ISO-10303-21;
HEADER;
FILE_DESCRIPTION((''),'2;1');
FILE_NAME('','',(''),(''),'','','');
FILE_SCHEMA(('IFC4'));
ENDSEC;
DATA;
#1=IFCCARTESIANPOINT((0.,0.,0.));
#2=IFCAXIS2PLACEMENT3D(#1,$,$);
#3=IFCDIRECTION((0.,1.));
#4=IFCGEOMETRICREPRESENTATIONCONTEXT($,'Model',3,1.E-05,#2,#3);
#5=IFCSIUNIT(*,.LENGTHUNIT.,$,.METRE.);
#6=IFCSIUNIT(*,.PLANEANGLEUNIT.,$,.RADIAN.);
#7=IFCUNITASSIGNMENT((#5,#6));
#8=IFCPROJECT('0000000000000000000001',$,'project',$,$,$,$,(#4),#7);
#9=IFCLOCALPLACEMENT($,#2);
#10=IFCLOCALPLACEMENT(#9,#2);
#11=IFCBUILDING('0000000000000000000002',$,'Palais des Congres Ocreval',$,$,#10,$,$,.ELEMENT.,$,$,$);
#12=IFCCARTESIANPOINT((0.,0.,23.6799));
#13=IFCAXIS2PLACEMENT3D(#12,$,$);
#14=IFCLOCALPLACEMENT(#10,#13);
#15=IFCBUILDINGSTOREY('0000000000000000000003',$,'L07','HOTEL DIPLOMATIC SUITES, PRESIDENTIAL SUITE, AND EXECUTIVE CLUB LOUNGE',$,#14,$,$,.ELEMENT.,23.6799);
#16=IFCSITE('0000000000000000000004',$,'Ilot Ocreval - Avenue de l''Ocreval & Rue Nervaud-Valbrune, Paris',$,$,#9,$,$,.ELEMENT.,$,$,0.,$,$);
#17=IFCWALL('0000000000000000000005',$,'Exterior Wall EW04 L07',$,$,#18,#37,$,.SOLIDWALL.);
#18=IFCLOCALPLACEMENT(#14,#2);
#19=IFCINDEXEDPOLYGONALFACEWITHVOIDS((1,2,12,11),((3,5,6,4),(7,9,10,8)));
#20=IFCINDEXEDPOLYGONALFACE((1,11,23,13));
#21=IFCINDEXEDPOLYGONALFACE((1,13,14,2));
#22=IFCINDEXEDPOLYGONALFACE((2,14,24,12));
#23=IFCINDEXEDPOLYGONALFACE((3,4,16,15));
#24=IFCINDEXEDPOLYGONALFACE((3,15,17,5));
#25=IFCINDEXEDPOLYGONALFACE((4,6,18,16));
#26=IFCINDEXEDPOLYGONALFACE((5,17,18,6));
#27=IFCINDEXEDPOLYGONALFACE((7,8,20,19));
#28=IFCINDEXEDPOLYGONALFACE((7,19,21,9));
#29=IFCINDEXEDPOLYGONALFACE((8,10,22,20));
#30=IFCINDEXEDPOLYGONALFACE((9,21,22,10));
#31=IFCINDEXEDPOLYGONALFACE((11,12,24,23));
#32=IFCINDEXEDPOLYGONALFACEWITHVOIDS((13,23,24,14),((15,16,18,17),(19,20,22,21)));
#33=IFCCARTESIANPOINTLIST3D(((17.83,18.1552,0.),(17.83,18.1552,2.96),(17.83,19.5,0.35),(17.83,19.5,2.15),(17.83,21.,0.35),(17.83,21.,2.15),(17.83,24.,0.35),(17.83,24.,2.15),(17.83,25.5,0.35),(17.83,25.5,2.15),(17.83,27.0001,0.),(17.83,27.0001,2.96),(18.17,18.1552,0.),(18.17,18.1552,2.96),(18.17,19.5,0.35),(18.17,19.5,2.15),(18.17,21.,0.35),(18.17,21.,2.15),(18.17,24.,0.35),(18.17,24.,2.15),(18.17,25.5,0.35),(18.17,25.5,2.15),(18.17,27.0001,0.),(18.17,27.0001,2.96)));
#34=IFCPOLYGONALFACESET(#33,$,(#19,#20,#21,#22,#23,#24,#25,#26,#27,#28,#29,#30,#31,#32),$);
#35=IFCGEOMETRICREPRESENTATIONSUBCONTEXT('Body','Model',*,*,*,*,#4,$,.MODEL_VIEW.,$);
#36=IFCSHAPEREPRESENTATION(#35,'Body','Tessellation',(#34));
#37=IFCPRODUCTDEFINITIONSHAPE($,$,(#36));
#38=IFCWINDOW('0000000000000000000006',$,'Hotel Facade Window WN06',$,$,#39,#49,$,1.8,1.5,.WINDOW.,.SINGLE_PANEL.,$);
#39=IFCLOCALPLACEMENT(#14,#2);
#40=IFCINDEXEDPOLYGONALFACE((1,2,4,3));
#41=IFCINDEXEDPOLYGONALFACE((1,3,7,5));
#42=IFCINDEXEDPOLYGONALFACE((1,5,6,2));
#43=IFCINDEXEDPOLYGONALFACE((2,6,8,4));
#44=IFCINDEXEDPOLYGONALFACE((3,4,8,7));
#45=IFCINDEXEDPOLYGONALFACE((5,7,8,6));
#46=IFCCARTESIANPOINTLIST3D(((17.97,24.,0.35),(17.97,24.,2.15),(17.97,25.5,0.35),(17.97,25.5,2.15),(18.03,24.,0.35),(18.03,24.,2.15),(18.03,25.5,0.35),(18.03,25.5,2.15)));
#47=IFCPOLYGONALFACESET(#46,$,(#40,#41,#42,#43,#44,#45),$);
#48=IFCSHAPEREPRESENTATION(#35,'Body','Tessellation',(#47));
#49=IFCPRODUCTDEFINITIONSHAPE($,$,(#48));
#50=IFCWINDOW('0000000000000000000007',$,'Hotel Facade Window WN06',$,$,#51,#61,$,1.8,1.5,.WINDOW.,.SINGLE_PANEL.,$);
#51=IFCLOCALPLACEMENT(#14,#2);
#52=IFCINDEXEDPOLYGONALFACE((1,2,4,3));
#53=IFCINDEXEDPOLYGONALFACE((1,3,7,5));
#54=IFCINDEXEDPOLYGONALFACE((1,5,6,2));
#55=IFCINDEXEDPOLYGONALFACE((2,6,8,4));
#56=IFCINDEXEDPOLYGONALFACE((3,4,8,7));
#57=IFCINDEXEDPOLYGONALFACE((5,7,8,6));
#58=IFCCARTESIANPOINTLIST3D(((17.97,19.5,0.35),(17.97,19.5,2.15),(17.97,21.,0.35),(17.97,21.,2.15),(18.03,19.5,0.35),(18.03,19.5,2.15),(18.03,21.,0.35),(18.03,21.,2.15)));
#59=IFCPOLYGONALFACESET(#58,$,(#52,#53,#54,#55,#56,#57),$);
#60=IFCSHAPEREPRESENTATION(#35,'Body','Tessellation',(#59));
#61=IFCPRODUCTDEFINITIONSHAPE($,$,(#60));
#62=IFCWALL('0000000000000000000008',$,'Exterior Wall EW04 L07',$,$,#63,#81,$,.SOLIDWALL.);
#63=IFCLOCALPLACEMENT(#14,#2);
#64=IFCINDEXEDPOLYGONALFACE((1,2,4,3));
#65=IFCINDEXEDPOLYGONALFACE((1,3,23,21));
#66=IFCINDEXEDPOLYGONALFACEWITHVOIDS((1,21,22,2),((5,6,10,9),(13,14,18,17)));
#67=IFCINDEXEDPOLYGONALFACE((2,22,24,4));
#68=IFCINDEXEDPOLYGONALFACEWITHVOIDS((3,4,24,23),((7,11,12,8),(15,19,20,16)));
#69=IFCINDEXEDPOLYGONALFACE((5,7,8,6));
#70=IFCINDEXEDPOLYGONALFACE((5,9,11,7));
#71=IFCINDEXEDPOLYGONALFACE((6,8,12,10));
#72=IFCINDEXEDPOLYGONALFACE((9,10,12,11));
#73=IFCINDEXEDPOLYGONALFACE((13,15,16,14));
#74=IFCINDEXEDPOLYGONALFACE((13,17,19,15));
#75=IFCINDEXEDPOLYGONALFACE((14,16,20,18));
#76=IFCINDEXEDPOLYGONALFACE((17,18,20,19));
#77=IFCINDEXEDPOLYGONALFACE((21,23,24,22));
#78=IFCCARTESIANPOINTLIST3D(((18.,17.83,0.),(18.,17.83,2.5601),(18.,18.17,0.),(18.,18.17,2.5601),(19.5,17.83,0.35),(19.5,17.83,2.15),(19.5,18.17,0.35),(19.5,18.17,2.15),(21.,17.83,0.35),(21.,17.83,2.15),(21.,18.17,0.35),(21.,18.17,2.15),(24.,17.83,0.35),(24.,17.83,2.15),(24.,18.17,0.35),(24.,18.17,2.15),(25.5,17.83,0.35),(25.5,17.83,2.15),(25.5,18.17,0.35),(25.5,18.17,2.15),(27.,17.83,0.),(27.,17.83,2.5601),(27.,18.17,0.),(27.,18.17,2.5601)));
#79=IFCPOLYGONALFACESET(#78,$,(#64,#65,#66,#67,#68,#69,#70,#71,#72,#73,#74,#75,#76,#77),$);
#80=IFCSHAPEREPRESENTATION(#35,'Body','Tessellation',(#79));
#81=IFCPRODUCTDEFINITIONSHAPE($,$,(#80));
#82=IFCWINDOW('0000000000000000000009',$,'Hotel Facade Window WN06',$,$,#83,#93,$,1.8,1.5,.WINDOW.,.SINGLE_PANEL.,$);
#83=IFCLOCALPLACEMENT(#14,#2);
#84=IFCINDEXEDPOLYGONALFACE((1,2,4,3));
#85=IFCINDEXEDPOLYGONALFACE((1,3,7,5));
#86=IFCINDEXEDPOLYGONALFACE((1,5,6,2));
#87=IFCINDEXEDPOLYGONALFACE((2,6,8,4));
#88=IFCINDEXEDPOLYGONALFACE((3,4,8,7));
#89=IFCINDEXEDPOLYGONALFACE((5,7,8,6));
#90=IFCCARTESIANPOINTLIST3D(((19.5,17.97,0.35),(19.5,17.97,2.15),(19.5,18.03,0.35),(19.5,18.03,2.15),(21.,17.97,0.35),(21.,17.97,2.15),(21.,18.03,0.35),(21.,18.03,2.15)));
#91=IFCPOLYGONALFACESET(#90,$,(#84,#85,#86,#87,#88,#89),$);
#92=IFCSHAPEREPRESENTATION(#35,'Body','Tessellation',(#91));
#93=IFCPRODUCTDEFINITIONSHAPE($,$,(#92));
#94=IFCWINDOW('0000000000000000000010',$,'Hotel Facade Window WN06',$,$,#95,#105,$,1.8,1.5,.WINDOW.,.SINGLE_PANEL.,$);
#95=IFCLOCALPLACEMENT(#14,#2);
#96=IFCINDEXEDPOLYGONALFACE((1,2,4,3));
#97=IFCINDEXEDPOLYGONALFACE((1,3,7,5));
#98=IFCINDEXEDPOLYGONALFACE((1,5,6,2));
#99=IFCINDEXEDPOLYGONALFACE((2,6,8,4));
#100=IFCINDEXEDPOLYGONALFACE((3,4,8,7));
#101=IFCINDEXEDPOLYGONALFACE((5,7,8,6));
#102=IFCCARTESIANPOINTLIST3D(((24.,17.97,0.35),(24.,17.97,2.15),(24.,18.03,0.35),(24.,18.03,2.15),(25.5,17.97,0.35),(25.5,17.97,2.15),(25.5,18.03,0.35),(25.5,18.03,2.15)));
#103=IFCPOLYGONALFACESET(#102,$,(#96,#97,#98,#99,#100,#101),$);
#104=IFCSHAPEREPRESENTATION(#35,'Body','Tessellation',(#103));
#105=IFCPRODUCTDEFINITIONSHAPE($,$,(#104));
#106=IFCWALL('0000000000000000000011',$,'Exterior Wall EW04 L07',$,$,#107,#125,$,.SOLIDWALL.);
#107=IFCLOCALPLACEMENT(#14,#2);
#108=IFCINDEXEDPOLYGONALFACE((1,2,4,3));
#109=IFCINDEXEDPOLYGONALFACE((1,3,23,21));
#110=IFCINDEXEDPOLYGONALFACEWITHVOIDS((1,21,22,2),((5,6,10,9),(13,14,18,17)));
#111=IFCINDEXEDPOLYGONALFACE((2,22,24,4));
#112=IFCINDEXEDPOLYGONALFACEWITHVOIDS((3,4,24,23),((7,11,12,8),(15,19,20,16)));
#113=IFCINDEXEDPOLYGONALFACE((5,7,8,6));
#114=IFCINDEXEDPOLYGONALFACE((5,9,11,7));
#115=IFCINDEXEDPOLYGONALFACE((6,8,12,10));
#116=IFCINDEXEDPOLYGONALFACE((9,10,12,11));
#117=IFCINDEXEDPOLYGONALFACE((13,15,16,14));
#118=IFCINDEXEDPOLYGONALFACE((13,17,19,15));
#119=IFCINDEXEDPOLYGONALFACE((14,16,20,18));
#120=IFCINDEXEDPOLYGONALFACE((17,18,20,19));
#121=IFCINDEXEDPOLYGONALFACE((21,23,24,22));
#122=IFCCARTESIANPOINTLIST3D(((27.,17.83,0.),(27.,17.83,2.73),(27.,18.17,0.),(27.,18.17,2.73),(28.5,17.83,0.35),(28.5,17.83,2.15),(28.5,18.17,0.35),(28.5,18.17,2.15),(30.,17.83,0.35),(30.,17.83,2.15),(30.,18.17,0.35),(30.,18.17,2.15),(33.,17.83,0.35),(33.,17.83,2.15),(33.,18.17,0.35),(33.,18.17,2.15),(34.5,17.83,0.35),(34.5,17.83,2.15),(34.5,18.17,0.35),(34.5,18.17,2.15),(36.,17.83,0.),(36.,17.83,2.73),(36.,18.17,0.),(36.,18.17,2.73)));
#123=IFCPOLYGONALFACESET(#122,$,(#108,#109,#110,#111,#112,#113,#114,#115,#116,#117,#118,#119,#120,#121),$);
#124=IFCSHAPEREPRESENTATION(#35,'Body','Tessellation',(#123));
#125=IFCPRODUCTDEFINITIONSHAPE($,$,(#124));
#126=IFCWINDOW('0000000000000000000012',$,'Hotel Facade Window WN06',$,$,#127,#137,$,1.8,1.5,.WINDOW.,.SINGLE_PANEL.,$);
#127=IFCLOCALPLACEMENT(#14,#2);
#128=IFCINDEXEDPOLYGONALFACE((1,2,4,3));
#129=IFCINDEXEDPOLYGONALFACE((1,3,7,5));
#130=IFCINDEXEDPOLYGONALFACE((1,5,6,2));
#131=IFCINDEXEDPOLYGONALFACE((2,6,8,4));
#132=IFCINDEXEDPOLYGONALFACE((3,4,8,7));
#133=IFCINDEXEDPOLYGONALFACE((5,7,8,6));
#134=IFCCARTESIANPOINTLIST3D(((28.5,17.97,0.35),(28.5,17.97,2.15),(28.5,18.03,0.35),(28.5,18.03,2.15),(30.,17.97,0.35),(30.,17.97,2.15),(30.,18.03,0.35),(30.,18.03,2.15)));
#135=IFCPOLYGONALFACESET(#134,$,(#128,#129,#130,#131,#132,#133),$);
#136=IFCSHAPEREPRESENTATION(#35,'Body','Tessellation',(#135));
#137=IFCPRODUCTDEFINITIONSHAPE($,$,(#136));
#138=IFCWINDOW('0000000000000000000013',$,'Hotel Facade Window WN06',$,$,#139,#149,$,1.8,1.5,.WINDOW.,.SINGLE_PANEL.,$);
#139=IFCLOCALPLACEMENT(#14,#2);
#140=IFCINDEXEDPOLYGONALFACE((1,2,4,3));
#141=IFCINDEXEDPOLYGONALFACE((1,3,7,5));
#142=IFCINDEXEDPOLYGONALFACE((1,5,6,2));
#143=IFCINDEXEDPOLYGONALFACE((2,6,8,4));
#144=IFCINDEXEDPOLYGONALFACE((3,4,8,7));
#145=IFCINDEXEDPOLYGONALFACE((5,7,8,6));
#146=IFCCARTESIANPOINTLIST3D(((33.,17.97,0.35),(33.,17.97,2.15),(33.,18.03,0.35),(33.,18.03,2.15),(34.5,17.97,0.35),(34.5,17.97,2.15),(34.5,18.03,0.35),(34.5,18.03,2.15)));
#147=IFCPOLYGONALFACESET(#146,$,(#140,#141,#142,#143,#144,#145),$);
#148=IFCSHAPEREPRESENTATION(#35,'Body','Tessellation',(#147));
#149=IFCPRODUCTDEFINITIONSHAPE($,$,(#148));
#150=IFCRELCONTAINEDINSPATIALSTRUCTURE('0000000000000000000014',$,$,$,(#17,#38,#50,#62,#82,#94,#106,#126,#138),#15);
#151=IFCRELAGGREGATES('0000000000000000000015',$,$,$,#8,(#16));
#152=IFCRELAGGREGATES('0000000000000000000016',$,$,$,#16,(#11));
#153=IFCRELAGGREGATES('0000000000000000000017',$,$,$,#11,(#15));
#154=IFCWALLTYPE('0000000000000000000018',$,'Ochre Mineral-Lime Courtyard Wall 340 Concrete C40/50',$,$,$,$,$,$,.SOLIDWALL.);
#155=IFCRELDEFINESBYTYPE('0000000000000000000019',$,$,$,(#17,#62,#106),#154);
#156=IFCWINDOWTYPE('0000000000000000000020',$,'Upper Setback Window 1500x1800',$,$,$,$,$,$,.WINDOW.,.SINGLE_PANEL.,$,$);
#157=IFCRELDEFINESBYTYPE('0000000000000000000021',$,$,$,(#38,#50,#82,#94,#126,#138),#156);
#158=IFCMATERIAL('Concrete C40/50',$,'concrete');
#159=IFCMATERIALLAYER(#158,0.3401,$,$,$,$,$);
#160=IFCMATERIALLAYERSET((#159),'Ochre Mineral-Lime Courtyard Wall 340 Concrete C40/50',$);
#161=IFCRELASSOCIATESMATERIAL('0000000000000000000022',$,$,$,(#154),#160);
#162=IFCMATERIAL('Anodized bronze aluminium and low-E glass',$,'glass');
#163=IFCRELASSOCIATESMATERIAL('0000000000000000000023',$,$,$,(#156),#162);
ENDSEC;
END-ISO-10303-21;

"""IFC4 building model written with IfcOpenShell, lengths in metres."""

from ifc_helpers import new_model, si_unit, direction, frame, frame_2d, origin, place, context, subcontext, project, spatial, rectangle, extrude, material, layer, layer_set, type_object, element, fill, save


model = new_model("IFC4")

# Units and contexts
model_context = context("Model", 3, precision=1e-05, world=origin(), true_north=direction((0.0, 1.0)))
body_context = subcontext(model_context, "Body", "Model", "MODEL_VIEW")
ifc_project = project(units=[si_unit("LENGTHUNIT", "METRE"), si_unit("PLANEANGLEUNIT", "RADIAN")], contexts=[model_context])

# Site, building, storey
site_placement = place(None, origin())
site = spatial("IfcSite", under=ifc_project, at=site_placement, Name="Ilot Ocreval - Avenue de l'Ocreval & Rue Nervaud-Valbrune, Paris", CompositionType="ELEMENT", RefElevation=0.0)
building_placement = place(site_placement, origin())
building = spatial("IfcBuilding", under=site, at=building_placement, Name="Palais des Congres Ocreval", CompositionType="ELEMENT")
storey_placement = place(building_placement, frame((0.0, 0.0, 23.6799)))
storey = spatial("IfcBuildingStorey", under=building, at=storey_placement, Name="L07", Description="HOTEL DIPLOMATIC SUITES, PRESIDENTIAL SUITE, AND EXECUTIVE CLUB LOUNGE", CompositionType="ELEMENT", Elevation=23.6799)

# Shared definitions
ifc_material_1 = material(Name="Concrete C40/50", Category="concrete")

# Shared definitions
ifc_material_2 = material(Name="Anodized bronze aluminium and low-E glass", Category="glass")

# Shared definitions
ifc_layer_1 = layer(ifc_material_1, 0.3401)
ifc_layer_set_1 = layer_set([ifc_layer_1], Name="Ochre Mineral-Lime Courtyard Wall 340 Concrete C40/50")
wall_type_1 = type_object("IfcWallType", Name="Ochre Mineral-Lime Courtyard Wall 340 Concrete C40/50", PredefinedType="SOLIDWALL", material=ifc_layer_set_1)

# Walls, openings, windows
window_type = type_object("IfcWindowType", Name="Upper Setback Window 1500x1800", PartitioningType="SINGLE_PANEL", PredefinedType="WINDOW", material=ifc_material_2)
wall_1_placement = place(storey_placement, frame((18.0, 27.0, 0.0), z_axis=(0.0, 0.0, 1.0), x_axis=(0.0, -1.0, 0.0)))
wall_1 = element("IfcWall", 1, at=wall_1_placement, inside=storey, type_object=wall_type_1, Name="Exterior Wall EW04 L07", PredefinedType="SOLIDWALL", context=body_context, shape_type="SweptSolid", body=[
    extrude(rectangle(XDim=8.845, YDim=0.3401, at=frame_2d((4.4224, 0.0))), origin(), (0.0, 0.0, 1.0), 2.96),
])
opening_1_placement = place(wall_1_placement, frame((1.5, 0.0, 0.3501)))
opening_1 = element("IfcOpeningElement", 2, at=opening_1_placement, cuts=wall_1, PredefinedType="OPENING", context=body_context, shape_type="SweptSolid", body=[
    extrude(rectangle(XDim=1.5, YDim=1.8, at=frame_2d((0.75, 0.8999))), frame((0.0, 0.1799, 0.0), z_axis=(0.0, -1.0, 0.0), x_axis=(1.0, 0.0, 0.0)), (0.0, 0.0, 1.0), 0.3601),
])
opening_2_placement = place(wall_1_placement, frame((6.0, 0.0, 0.3501)))
opening_2 = element("IfcOpeningElement", 3, at=opening_2_placement, cuts=wall_1, PredefinedType="OPENING", context=body_context, shape_type="SweptSolid", body=[
    extrude(rectangle(XDim=1.5, YDim=1.8, at=frame_2d((0.75, 0.8999))), frame((0.0, 0.1799, 0.0), z_axis=(0.0, -1.0, 0.0), x_axis=(1.0, 0.0, 0.0)), (0.0, 0.0, 1.0), 0.3601),
])
window_1_placement = place(opening_1_placement, origin())
window_1 = element("IfcWindow", 4, at=window_1_placement, inside=storey, type_object=window_type, Name="Hotel Facade Window WN06", OverallHeight=1.8, OverallWidth=1.5, PartitioningType="SINGLE_PANEL", PredefinedType="WINDOW", context=body_context, shape_type="SweptSolid", body=[
    extrude(rectangle(XDim=1.5, YDim=1.8, at=frame_2d((0.75, 0.8999))), frame((0.0, 0.03, 0.0), z_axis=(0.0, -1.0, 0.0), x_axis=(1.0, 0.0, 0.0)), (0.0, 0.0, 1.0), 0.0601),
])
fill(opening_1, window_1)
window_2_placement = place(opening_2_placement, origin())
window_2 = element("IfcWindow", 5, at=window_2_placement, inside=storey, type_object=window_type, Name="Hotel Facade Window WN06", OverallHeight=1.8, OverallWidth=1.5, PartitioningType="SINGLE_PANEL", PredefinedType="WINDOW", context=body_context, shape_type="SweptSolid", body=[
    extrude(rectangle(XDim=1.5, YDim=1.8, at=frame_2d((0.75, 0.8999))), frame((0.0, 0.03, 0.0), z_axis=(0.0, -1.0, 0.0), x_axis=(1.0, 0.0, 0.0)), (0.0, 0.0, 1.0), 0.0601),
])
fill(opening_2, window_2)
wall_2_placement = place(storey_placement, frame((18.0, 18.0, 0.0), z_axis=(0.0, 0.0, 1.0), x_axis=(1.0, 0.0, 0.0)))
wall_2 = element("IfcWall", 6, at=wall_2_placement, inside=storey, type_object=wall_type_1, Name="Exterior Wall EW04 L07", PredefinedType="SOLIDWALL", context=body_context, shape_type="SweptSolid", body=[
    extrude(rectangle(XDim=9.0, YDim=0.3401, at=frame_2d((4.5, 0.0))), origin(), (0.0, 0.0, 1.0), 2.5601),
])
opening_3_placement = place(wall_2_placement, frame((1.5, 0.0, 0.3501)))
opening_3 = element("IfcOpeningElement", 7, at=opening_3_placement, cuts=wall_2, PredefinedType="OPENING", context=body_context, shape_type="SweptSolid", body=[
    extrude(rectangle(XDim=1.5, YDim=1.8, at=frame_2d((0.75, 0.8999))), frame((0.0, 0.1799, 0.0), z_axis=(0.0, -1.0, 0.0), x_axis=(1.0, 0.0, 0.0)), (0.0, 0.0, 1.0), 0.3601),
])
opening_4_placement = place(wall_2_placement, frame((6.0, 0.0, 0.3501)))
opening_4 = element("IfcOpeningElement", 8, at=opening_4_placement, cuts=wall_2, PredefinedType="OPENING", context=body_context, shape_type="SweptSolid", body=[
    extrude(rectangle(XDim=1.5, YDim=1.8, at=frame_2d((0.75, 0.8999))), frame((0.0, 0.1799, 0.0), z_axis=(0.0, -1.0, 0.0), x_axis=(1.0, 0.0, 0.0)), (0.0, 0.0, 1.0), 0.3601),
])
window_3_placement = place(opening_3_placement, origin())
window_3 = element("IfcWindow", 9, at=window_3_placement, inside=storey, type_object=window_type, Name="Hotel Facade Window WN06", OverallHeight=1.8, OverallWidth=1.5, PartitioningType="SINGLE_PANEL", PredefinedType="WINDOW", context=body_context, shape_type="SweptSolid", body=[
    extrude(rectangle(XDim=1.5, YDim=1.8, at=frame_2d((0.75, 0.8999))), frame((0.0, 0.03, 0.0), z_axis=(0.0, -1.0, 0.0), x_axis=(1.0, 0.0, 0.0)), (0.0, 0.0, 1.0), 0.0601),
])
fill(opening_3, window_3)
window_4_placement = place(opening_4_placement, origin())
window_4 = element("IfcWindow", 10, at=window_4_placement, inside=storey, type_object=window_type, Name="Hotel Facade Window WN06", OverallHeight=1.8, OverallWidth=1.5, PartitioningType="SINGLE_PANEL", PredefinedType="WINDOW", context=body_context, shape_type="SweptSolid", body=[
    extrude(rectangle(XDim=1.5, YDim=1.8, at=frame_2d((0.75, 0.8999))), frame((0.0, 0.03, 0.0), z_axis=(0.0, -1.0, 0.0), x_axis=(1.0, 0.0, 0.0)), (0.0, 0.0, 1.0), 0.0601),
])
fill(opening_4, window_4)
wall_3_placement = place(storey_placement, frame((27.0, 18.0, 0.0), z_axis=(0.0, 0.0, 1.0), x_axis=(1.0, 0.0, 0.0)))
wall_3 = element("IfcWall", 11, at=wall_3_placement, inside=storey, type_object=wall_type_1, Name="Exterior Wall EW04 L07", PredefinedType="SOLIDWALL", context=body_context, shape_type="SweptSolid", body=[
    extrude(rectangle(XDim=9.0, YDim=0.3401, at=frame_2d((4.5, 0.0))), origin(), (0.0, 0.0, 1.0), 2.73),
])
opening_5_placement = place(wall_3_placement, frame((1.5, 0.0, 0.3501)))
opening_5 = element("IfcOpeningElement", 12, at=opening_5_placement, cuts=wall_3, PredefinedType="OPENING", context=body_context, shape_type="SweptSolid", body=[
    extrude(rectangle(XDim=1.5, YDim=1.8, at=frame_2d((0.75, 0.8999))), frame((0.0, 0.1799, 0.0), z_axis=(0.0, -1.0, 0.0), x_axis=(1.0, 0.0, 0.0)), (0.0, 0.0, 1.0), 0.3601),
])
opening_6_placement = place(wall_3_placement, frame((6.0, 0.0, 0.3501)))
opening_6 = element("IfcOpeningElement", 13, at=opening_6_placement, cuts=wall_3, PredefinedType="OPENING", context=body_context, shape_type="SweptSolid", body=[
    extrude(rectangle(XDim=1.5, YDim=1.8, at=frame_2d((0.75, 0.8999))), frame((0.0, 0.1799, 0.0), z_axis=(0.0, -1.0, 0.0), x_axis=(1.0, 0.0, 0.0)), (0.0, 0.0, 1.0), 0.3601),
])
window_5_placement = place(opening_5_placement, origin())
window_5 = element("IfcWindow", 14, at=window_5_placement, inside=storey, type_object=window_type, Name="Hotel Facade Window WN06", OverallHeight=1.8, OverallWidth=1.5, PartitioningType="SINGLE_PANEL", PredefinedType="WINDOW", context=body_context, shape_type="SweptSolid", body=[
    extrude(rectangle(XDim=1.5, YDim=1.8, at=frame_2d((0.75, 0.8999))), frame((0.0, 0.03, 0.0), z_axis=(0.0, -1.0, 0.0), x_axis=(1.0, 0.0, 0.0)), (0.0, 0.0, 1.0), 0.0601),
])
fill(opening_5, window_5)
window_6_placement = place(opening_6_placement, origin())
window_6 = element("IfcWindow", 15, at=window_6_placement, inside=storey, type_object=window_type, Name="Hotel Facade Window WN06", OverallHeight=1.8, OverallWidth=1.5, PartitioningType="SINGLE_PANEL", PredefinedType="WINDOW", context=body_context, shape_type="SweptSolid", body=[
    extrude(rectangle(XDim=1.5, YDim=1.8, at=frame_2d((0.75, 0.8999))), frame((0.0, 0.03, 0.0), z_axis=(0.0, -1.0, 0.0), x_axis=(1.0, 0.0, 0.0)), (0.0, 0.0, 1.0), 0.0601),
])
fill(opening_6, window_6)

save(model, "model.ifc")
